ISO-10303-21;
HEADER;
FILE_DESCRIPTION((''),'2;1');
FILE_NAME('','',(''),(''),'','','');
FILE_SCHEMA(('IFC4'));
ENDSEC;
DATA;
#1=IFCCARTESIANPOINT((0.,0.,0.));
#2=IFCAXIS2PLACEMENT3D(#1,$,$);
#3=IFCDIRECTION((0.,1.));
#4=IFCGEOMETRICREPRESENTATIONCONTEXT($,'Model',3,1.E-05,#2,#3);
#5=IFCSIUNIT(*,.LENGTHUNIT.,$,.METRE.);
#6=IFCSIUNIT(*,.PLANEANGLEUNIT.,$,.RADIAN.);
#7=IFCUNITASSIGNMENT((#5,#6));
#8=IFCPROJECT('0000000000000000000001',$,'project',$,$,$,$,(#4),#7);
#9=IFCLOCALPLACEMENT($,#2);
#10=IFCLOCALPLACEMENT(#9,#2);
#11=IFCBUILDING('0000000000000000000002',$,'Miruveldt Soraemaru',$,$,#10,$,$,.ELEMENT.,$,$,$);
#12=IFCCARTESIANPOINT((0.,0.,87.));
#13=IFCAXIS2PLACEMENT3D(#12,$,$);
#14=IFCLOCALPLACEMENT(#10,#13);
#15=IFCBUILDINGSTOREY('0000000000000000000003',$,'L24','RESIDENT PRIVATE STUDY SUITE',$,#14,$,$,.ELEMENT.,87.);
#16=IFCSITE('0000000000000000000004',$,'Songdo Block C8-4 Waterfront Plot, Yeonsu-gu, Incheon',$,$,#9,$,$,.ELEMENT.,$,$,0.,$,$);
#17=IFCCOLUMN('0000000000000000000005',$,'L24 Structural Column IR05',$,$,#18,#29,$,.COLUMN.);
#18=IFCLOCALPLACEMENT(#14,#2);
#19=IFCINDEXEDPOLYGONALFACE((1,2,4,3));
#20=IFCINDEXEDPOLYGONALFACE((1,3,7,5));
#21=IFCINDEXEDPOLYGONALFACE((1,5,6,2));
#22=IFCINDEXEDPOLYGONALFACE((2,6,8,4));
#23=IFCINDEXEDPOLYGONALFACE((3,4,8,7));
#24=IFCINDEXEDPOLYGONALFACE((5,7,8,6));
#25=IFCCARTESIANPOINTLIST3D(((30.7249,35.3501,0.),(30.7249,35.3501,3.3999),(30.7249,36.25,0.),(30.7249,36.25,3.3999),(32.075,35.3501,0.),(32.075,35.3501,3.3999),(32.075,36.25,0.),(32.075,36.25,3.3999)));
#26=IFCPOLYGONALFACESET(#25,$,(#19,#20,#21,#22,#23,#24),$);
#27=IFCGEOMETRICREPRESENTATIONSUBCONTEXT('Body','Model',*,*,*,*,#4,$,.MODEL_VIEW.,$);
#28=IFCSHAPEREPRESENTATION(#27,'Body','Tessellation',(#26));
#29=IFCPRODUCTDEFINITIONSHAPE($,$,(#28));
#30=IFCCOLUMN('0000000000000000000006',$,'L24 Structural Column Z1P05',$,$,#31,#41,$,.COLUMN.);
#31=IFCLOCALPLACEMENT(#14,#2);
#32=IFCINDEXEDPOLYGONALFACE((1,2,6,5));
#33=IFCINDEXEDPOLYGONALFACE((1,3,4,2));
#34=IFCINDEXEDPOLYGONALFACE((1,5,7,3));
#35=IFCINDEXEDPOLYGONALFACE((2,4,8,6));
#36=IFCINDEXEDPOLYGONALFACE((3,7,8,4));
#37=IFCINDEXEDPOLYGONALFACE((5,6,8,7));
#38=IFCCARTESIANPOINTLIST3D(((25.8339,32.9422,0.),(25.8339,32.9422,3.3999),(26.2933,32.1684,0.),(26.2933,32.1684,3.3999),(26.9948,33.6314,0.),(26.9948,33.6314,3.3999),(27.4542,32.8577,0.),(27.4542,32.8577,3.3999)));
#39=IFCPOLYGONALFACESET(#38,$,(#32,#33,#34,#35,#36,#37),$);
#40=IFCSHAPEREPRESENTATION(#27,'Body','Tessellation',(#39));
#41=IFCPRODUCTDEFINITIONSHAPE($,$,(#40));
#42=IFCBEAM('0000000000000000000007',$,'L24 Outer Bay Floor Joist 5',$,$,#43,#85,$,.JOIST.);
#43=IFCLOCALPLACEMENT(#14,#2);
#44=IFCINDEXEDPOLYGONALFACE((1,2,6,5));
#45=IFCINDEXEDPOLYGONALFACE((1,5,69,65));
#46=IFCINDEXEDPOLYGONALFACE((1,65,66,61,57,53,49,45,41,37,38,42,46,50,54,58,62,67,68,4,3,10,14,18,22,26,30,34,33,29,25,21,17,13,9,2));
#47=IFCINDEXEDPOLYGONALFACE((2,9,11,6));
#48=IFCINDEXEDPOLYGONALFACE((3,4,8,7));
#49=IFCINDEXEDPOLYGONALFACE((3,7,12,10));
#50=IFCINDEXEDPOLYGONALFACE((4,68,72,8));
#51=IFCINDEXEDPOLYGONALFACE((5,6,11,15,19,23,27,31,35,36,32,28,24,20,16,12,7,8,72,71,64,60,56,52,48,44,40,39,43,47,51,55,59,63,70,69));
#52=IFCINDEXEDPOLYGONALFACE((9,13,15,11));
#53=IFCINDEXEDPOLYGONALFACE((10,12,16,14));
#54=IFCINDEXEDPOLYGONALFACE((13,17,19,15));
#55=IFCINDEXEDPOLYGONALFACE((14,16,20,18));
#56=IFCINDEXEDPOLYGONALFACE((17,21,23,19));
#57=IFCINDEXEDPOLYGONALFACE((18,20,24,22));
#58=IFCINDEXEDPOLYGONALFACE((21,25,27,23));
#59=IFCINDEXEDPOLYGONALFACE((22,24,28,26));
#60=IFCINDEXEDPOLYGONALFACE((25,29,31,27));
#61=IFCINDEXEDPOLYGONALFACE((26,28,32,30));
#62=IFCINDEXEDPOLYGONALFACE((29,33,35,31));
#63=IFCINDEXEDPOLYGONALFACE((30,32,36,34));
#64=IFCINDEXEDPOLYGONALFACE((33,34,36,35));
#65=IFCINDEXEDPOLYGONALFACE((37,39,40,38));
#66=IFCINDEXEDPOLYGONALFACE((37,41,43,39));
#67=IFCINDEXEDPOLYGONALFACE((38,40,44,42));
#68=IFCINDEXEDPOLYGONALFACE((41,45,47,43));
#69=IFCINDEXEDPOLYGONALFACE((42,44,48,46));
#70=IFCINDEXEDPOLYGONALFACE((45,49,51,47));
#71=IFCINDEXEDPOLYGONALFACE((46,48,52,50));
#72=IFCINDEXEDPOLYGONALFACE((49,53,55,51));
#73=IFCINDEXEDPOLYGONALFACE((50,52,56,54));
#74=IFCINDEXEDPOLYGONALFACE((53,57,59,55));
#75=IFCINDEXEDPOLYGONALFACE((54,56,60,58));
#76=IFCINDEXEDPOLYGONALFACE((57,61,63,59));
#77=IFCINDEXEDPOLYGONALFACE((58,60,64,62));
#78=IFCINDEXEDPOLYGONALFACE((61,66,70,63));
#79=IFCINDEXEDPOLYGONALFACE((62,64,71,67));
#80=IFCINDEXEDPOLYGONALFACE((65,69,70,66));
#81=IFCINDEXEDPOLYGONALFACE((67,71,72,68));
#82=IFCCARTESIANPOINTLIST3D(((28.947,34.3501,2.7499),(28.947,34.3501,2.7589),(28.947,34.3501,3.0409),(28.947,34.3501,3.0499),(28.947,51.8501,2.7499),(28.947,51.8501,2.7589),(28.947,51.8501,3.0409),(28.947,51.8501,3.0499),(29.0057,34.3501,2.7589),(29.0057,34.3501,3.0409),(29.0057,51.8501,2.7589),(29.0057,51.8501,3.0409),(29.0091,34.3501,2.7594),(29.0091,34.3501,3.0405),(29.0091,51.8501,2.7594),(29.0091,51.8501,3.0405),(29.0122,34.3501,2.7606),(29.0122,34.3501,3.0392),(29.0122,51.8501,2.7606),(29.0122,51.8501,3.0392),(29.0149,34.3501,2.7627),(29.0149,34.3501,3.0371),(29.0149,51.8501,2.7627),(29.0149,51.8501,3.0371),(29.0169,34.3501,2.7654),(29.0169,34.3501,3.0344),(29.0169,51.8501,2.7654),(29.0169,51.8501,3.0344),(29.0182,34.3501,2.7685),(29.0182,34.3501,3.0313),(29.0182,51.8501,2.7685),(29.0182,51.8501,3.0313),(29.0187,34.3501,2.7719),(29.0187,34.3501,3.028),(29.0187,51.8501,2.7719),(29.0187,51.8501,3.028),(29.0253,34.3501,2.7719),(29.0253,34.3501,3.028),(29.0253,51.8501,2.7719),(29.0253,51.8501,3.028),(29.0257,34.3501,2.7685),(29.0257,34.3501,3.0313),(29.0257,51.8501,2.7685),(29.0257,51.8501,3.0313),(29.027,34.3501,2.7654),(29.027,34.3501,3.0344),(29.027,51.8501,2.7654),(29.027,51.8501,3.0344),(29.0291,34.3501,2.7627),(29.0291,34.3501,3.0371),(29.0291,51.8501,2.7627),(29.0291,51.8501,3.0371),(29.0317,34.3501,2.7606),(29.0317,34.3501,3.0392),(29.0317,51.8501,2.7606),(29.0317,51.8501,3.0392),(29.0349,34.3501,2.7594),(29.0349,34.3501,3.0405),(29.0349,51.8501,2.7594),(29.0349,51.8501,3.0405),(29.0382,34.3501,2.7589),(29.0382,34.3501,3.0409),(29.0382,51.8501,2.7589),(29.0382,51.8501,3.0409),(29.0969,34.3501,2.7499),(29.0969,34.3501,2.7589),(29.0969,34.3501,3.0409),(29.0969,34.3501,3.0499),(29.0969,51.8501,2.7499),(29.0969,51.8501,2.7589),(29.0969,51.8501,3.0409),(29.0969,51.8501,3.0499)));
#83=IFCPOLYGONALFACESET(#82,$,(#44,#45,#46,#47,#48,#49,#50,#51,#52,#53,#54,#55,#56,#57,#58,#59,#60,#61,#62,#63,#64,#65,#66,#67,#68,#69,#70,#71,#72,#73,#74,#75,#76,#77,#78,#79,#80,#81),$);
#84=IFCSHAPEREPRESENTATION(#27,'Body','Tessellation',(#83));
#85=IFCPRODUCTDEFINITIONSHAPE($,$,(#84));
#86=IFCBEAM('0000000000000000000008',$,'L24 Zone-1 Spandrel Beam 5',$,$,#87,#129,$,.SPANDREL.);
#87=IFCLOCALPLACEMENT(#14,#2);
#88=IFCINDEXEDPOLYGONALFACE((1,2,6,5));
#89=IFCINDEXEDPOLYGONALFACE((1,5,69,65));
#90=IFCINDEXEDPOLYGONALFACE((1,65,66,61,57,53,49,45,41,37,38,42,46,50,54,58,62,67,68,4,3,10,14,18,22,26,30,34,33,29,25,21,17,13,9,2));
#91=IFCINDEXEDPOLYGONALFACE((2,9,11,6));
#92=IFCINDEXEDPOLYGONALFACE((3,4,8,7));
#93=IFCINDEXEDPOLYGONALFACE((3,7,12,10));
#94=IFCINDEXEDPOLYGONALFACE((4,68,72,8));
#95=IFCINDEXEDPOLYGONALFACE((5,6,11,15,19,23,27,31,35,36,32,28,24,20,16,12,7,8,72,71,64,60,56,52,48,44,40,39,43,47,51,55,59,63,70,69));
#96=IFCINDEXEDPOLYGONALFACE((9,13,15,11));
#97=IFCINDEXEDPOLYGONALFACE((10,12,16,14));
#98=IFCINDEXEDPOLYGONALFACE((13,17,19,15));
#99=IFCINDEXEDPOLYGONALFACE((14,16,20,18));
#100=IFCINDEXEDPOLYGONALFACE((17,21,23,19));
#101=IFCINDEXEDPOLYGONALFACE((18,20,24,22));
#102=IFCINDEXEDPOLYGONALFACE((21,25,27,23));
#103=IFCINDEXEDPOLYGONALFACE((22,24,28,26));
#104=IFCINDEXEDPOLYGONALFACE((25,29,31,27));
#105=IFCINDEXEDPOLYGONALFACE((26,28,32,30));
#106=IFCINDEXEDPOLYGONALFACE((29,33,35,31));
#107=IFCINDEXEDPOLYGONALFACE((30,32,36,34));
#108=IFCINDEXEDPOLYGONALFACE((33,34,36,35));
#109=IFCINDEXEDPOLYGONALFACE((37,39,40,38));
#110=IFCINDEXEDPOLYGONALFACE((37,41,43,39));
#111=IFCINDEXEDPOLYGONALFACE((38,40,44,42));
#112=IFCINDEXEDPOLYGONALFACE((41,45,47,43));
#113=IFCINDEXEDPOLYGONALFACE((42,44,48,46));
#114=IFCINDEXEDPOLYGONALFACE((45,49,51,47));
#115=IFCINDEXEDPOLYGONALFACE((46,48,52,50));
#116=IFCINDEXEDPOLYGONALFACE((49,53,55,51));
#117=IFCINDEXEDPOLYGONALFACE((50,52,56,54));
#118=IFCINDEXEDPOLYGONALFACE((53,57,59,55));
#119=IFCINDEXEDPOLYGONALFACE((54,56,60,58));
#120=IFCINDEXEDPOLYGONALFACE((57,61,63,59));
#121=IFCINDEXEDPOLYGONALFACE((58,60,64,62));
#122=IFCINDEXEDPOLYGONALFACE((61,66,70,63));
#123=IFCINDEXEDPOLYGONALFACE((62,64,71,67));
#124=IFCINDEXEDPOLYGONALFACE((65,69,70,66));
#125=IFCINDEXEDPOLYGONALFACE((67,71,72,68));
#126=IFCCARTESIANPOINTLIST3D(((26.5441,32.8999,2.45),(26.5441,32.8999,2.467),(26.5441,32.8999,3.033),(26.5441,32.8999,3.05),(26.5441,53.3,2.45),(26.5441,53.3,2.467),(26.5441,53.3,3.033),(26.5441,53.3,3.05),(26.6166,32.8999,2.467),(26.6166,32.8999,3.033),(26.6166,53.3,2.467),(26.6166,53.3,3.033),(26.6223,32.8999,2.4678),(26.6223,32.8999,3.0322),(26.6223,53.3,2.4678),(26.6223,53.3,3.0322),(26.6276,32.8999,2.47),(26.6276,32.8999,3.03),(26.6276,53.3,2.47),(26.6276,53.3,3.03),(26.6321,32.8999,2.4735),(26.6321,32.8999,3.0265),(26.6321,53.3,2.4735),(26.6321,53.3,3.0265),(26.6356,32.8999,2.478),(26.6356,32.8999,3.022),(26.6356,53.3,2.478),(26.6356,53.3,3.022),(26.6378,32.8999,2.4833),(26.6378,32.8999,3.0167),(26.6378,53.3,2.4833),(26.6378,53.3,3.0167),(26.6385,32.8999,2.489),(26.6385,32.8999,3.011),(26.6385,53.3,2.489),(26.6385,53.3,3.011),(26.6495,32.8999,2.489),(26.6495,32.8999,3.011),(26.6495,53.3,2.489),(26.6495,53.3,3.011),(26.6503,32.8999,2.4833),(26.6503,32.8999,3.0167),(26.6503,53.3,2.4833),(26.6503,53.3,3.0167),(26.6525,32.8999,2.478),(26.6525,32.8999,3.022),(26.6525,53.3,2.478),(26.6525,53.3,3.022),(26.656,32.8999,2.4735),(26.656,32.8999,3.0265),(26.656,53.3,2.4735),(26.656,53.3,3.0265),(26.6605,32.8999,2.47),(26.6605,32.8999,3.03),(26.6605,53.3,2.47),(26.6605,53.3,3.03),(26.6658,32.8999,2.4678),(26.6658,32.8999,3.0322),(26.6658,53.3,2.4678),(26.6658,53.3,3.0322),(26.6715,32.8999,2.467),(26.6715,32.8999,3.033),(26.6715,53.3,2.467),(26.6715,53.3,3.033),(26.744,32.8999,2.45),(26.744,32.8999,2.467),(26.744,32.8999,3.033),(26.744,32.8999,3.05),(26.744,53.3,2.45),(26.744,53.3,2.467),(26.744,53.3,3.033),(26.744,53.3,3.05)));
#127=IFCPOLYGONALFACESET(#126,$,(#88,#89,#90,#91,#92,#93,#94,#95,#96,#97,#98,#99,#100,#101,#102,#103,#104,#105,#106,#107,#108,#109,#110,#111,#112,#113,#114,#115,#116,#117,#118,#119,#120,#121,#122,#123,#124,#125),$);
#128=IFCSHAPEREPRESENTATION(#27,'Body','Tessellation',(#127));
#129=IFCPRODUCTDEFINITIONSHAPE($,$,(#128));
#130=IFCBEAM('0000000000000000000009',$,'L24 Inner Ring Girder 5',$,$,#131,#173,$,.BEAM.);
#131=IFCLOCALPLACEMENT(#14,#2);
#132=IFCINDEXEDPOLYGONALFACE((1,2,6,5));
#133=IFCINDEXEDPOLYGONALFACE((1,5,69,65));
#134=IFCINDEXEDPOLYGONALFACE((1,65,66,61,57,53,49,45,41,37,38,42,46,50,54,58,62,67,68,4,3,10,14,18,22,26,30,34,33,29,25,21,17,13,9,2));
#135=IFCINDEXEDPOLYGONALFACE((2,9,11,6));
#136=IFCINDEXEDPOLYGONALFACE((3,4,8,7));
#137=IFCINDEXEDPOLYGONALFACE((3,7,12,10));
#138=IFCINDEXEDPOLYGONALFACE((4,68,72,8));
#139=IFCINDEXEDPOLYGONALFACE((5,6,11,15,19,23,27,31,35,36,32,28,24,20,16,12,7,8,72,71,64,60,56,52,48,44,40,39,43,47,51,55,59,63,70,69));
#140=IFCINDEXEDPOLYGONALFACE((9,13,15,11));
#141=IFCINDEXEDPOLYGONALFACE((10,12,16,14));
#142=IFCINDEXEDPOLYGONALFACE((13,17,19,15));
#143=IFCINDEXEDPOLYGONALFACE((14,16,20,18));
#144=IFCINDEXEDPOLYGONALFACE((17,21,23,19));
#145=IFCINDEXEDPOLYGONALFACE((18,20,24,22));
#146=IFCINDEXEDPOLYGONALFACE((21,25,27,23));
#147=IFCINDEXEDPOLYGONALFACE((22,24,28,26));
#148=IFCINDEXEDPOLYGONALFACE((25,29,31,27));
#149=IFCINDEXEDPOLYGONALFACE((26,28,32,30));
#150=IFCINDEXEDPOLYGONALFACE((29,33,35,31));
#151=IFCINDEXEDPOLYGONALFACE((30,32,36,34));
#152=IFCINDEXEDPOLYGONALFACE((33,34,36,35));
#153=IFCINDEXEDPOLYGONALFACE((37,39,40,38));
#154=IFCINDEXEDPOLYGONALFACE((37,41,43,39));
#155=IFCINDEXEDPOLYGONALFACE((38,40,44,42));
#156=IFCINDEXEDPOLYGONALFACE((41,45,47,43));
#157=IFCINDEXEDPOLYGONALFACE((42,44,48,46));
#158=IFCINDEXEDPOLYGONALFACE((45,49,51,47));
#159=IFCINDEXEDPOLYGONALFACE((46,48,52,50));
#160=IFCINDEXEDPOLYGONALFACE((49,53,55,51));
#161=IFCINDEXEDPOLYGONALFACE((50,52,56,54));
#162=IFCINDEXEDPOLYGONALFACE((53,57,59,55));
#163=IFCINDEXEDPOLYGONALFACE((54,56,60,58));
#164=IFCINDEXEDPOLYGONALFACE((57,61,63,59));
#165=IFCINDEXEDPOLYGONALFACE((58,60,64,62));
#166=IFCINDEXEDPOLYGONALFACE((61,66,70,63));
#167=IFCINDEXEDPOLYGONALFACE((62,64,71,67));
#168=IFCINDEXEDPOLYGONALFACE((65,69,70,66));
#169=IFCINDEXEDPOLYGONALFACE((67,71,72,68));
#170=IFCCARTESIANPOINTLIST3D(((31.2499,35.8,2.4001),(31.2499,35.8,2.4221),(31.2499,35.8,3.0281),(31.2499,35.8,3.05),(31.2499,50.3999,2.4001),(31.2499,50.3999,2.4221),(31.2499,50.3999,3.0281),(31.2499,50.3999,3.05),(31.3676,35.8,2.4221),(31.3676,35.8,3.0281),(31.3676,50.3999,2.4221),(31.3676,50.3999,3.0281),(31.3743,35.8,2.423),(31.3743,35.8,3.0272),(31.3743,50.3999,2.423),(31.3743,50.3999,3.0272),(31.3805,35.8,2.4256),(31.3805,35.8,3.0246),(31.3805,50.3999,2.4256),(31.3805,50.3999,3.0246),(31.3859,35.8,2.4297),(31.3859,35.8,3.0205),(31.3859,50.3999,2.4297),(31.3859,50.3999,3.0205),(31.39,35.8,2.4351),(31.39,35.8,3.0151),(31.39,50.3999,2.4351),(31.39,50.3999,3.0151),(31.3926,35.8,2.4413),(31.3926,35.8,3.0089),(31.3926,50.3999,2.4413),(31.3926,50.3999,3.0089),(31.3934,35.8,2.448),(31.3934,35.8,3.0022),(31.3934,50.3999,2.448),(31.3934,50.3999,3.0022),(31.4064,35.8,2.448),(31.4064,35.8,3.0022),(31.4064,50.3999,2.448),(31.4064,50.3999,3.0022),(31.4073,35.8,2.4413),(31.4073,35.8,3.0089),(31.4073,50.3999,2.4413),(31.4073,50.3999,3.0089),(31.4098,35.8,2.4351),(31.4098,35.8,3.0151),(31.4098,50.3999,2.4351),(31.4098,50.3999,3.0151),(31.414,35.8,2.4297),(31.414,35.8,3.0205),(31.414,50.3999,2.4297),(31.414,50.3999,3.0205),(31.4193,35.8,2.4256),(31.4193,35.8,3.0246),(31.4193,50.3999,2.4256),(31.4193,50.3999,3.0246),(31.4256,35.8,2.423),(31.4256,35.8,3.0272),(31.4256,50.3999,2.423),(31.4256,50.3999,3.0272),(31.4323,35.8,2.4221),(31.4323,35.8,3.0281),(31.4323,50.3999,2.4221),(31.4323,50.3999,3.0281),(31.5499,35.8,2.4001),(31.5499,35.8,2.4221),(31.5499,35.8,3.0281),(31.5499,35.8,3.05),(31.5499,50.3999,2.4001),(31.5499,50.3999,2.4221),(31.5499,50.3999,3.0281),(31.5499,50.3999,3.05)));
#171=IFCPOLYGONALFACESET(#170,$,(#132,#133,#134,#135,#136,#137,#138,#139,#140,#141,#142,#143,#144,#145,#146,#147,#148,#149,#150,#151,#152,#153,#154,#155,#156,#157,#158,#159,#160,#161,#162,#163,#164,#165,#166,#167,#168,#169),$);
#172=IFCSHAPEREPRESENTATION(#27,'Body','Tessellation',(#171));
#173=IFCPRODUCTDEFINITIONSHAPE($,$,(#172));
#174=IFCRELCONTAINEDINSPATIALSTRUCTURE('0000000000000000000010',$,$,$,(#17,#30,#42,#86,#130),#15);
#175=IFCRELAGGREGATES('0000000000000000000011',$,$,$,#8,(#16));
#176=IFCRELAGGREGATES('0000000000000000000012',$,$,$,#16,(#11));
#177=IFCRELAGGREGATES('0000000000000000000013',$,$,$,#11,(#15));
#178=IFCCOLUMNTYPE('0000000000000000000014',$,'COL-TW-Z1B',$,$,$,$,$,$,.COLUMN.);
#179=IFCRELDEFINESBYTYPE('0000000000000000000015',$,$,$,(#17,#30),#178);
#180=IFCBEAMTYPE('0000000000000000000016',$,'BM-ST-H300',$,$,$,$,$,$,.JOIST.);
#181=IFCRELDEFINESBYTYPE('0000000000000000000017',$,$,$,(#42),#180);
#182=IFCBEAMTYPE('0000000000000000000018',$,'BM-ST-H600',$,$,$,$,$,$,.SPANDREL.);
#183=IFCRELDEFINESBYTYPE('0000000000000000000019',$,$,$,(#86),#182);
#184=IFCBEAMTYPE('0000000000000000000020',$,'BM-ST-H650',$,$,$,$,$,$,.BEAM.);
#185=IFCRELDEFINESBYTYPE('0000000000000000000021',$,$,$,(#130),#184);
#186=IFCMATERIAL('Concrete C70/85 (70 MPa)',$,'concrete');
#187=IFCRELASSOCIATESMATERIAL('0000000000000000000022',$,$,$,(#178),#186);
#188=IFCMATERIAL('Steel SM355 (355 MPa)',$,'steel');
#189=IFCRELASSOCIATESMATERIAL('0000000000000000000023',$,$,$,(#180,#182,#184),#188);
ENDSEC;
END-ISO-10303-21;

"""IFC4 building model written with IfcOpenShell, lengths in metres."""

from ifc_helpers import new_model, si_unit, direction, frame, origin, origin_2d, place, context, subcontext, project, spatial, rectangle, i_section, extrude, material, material_profile, profile_set, type_object, element, save


model = new_model("IFC4")

# Units and contexts
model_context = context("Model", 3, precision=1e-05, world=origin(), true_north=direction((0.0, 1.0)))
body_context = subcontext(model_context, "Body", "Model", "MODEL_VIEW")
ifc_project = project(units=[si_unit("LENGTHUNIT", "METRE"), si_unit("PLANEANGLEUNIT", "RADIAN")], contexts=[model_context])

# Site, building, storey
site_placement = place(None, origin())
site = spatial("IfcSite", under=ifc_project, at=site_placement, Name="Songdo Block C8-4 Waterfront Plot, Yeonsu-gu, Incheon", CompositionType="ELEMENT", RefElevation=0.0)
building_placement = place(site_placement, origin())
building = spatial("IfcBuilding", under=site, at=building_placement, Name="Miruveldt Soraemaru", CompositionType="ELEMENT")
storey_placement = place(building_placement, frame((0.0, 0.0, 87.0)))
storey = spatial("IfcBuildingStorey", under=building, at=storey_placement, Name="L24", Description="RESIDENT PRIVATE STUDY SUITE", CompositionType="ELEMENT", Elevation=87.0)

# Columns
ifc_material_1 = material(Name="Concrete C70/85 (70 MPa)", Category="concrete")
ifc_material_profile_1 = material_profile(ifc_material_1, rectangle(XDim=1.3501, YDim=0.8999, at=origin_2d()), Name="Concrete C70/85 (70 MPa)", Category="concrete")
ifc_profile_set_1 = profile_set([ifc_material_profile_1], Name="Concrete C70/85 (70 MPa)")
column_type = type_object("IfcColumnType", Name="COL-TW-Z1B", PredefinedType="COLUMN", material=ifc_profile_set_1)
for number, where, z_axis, x_axis, name in (
    (1, (31.3999, 35.8, 0.0), (0.0, 0.0, 1.0), (1.0, 0.0, 0.0), "L24 Structural Column IR05"),
    (2, (26.644, 32.8999, 0.0), (0.0, 0.0, 1.0), (0.859852, 0.510543, 0.0), "L24 Structural Column Z1P05"),
):
    element("IfcColumn", number, at=place(storey_placement, frame(where, z_axis=z_axis, x_axis=x_axis)), inside=storey, type_object=column_type, Name=name, PredefinedType="COLUMN", context=body_context, shape_type="SweptSolid", body=[
        extrude(rectangle(XDim=1.3501, YDim=0.8999, at=origin_2d()), origin(), (0.0, 0.0, 1.0), 3.3999),
    ])

# Beams
ifc_material_2 = material(Name="Steel SM355 (355 MPa)", Category="steel")
ifc_material_profile_2 = material_profile(ifc_material_2, i_section(OverallWidth=0.1499, OverallDepth=0.3, WebThickness=0.0066, FlangeThickness=0.009, FilletRadius=0.0129, at=origin_2d()), Name="Steel SM355 (355 MPa)", Category="steel")
ifc_profile_set_2 = profile_set([ifc_material_profile_2], Name="Steel SM355 (355 MPa)")
beam_type_1 = type_object("IfcBeamType", Name="BM-ST-H300", PredefinedType="JOIST", material=ifc_profile_set_2)
beam_1_placement = place(storey_placement, frame((29.022, 34.3501, 2.8999), z_axis=(0.0, 1.0, 0.0), x_axis=(-1.0, 0.0, 0.0)))
element("IfcBeam", 3, at=beam_1_placement, inside=storey, type_object=beam_type_1, Name="L24 Outer Bay Floor Joist 5", PredefinedType="JOIST", context=body_context, shape_type="SweptSolid", body=[
    extrude(i_section(OverallWidth=0.1499, OverallDepth=0.3, WebThickness=0.0066, FlangeThickness=0.009, FilletRadius=0.0129, at=origin_2d()), origin(), (0.0, 0.0, 1.0), 17.5),
])
ifc_material_profile_3 = material_profile(ifc_material_2, i_section(OverallWidth=0.2, OverallDepth=0.6001, WebThickness=0.011, FlangeThickness=0.0171, FilletRadius=0.022, at=origin_2d()), Name="Steel SM355 (355 MPa)", Category="steel")
ifc_profile_set_3 = profile_set([ifc_material_profile_3], Name="Steel SM355 (355 MPa)")
beam_type_2 = type_object("IfcBeamType", Name="BM-ST-H600", PredefinedType="SPANDREL", material=ifc_profile_set_3)
beam_2_placement = place(storey_placement, frame((26.644, 32.8999, 2.75), z_axis=(0.0, 1.0, 0.0), x_axis=(-1.0, 0.0, 0.0)))
element("IfcBeam", 4, at=beam_2_placement, inside=storey, type_object=beam_type_2, Name="L24 Zone-1 Spandrel Beam 5", PredefinedType="SPANDREL", context=body_context, shape_type="SweptSolid", body=[
    extrude(i_section(OverallWidth=0.2, OverallDepth=0.6001, WebThickness=0.011, FlangeThickness=0.0171, FilletRadius=0.022, at=origin_2d()), origin(), (0.0, 0.0, 1.0), 20.4001),
])
ifc_material_profile_4 = material_profile(ifc_material_2, i_section(OverallWidth=0.3, OverallDepth=0.6499, WebThickness=0.0129, FlangeThickness=0.022, FilletRadius=0.0259, at=origin_2d()), Name="Steel SM355 (355 MPa)", Category="steel")
ifc_profile_set_4 = profile_set([ifc_material_profile_4], Name="Steel SM355 (355 MPa)")
beam_type_3 = type_object("IfcBeamType", Name="BM-ST-H650", PredefinedType="BEAM", material=ifc_profile_set_4)
beam_3_placement = place(storey_placement, frame((31.3999, 35.8, 2.7251), z_axis=(0.0, 1.0, 0.0), x_axis=(-1.0, 0.0, 0.0)))
element("IfcBeam", 5, at=beam_3_placement, inside=storey, type_object=beam_type_3, Name="L24 Inner Ring Girder 5", PredefinedType="BEAM", context=body_context, shape_type="SweptSolid", body=[
    extrude(i_section(OverallWidth=0.3, OverallDepth=0.6499, WebThickness=0.0129, FlangeThickness=0.022, FilletRadius=0.0259, at=origin_2d()), origin(), (0.0, 0.0, 1.0), 14.5999),
])

save(model, "model.ifc")
